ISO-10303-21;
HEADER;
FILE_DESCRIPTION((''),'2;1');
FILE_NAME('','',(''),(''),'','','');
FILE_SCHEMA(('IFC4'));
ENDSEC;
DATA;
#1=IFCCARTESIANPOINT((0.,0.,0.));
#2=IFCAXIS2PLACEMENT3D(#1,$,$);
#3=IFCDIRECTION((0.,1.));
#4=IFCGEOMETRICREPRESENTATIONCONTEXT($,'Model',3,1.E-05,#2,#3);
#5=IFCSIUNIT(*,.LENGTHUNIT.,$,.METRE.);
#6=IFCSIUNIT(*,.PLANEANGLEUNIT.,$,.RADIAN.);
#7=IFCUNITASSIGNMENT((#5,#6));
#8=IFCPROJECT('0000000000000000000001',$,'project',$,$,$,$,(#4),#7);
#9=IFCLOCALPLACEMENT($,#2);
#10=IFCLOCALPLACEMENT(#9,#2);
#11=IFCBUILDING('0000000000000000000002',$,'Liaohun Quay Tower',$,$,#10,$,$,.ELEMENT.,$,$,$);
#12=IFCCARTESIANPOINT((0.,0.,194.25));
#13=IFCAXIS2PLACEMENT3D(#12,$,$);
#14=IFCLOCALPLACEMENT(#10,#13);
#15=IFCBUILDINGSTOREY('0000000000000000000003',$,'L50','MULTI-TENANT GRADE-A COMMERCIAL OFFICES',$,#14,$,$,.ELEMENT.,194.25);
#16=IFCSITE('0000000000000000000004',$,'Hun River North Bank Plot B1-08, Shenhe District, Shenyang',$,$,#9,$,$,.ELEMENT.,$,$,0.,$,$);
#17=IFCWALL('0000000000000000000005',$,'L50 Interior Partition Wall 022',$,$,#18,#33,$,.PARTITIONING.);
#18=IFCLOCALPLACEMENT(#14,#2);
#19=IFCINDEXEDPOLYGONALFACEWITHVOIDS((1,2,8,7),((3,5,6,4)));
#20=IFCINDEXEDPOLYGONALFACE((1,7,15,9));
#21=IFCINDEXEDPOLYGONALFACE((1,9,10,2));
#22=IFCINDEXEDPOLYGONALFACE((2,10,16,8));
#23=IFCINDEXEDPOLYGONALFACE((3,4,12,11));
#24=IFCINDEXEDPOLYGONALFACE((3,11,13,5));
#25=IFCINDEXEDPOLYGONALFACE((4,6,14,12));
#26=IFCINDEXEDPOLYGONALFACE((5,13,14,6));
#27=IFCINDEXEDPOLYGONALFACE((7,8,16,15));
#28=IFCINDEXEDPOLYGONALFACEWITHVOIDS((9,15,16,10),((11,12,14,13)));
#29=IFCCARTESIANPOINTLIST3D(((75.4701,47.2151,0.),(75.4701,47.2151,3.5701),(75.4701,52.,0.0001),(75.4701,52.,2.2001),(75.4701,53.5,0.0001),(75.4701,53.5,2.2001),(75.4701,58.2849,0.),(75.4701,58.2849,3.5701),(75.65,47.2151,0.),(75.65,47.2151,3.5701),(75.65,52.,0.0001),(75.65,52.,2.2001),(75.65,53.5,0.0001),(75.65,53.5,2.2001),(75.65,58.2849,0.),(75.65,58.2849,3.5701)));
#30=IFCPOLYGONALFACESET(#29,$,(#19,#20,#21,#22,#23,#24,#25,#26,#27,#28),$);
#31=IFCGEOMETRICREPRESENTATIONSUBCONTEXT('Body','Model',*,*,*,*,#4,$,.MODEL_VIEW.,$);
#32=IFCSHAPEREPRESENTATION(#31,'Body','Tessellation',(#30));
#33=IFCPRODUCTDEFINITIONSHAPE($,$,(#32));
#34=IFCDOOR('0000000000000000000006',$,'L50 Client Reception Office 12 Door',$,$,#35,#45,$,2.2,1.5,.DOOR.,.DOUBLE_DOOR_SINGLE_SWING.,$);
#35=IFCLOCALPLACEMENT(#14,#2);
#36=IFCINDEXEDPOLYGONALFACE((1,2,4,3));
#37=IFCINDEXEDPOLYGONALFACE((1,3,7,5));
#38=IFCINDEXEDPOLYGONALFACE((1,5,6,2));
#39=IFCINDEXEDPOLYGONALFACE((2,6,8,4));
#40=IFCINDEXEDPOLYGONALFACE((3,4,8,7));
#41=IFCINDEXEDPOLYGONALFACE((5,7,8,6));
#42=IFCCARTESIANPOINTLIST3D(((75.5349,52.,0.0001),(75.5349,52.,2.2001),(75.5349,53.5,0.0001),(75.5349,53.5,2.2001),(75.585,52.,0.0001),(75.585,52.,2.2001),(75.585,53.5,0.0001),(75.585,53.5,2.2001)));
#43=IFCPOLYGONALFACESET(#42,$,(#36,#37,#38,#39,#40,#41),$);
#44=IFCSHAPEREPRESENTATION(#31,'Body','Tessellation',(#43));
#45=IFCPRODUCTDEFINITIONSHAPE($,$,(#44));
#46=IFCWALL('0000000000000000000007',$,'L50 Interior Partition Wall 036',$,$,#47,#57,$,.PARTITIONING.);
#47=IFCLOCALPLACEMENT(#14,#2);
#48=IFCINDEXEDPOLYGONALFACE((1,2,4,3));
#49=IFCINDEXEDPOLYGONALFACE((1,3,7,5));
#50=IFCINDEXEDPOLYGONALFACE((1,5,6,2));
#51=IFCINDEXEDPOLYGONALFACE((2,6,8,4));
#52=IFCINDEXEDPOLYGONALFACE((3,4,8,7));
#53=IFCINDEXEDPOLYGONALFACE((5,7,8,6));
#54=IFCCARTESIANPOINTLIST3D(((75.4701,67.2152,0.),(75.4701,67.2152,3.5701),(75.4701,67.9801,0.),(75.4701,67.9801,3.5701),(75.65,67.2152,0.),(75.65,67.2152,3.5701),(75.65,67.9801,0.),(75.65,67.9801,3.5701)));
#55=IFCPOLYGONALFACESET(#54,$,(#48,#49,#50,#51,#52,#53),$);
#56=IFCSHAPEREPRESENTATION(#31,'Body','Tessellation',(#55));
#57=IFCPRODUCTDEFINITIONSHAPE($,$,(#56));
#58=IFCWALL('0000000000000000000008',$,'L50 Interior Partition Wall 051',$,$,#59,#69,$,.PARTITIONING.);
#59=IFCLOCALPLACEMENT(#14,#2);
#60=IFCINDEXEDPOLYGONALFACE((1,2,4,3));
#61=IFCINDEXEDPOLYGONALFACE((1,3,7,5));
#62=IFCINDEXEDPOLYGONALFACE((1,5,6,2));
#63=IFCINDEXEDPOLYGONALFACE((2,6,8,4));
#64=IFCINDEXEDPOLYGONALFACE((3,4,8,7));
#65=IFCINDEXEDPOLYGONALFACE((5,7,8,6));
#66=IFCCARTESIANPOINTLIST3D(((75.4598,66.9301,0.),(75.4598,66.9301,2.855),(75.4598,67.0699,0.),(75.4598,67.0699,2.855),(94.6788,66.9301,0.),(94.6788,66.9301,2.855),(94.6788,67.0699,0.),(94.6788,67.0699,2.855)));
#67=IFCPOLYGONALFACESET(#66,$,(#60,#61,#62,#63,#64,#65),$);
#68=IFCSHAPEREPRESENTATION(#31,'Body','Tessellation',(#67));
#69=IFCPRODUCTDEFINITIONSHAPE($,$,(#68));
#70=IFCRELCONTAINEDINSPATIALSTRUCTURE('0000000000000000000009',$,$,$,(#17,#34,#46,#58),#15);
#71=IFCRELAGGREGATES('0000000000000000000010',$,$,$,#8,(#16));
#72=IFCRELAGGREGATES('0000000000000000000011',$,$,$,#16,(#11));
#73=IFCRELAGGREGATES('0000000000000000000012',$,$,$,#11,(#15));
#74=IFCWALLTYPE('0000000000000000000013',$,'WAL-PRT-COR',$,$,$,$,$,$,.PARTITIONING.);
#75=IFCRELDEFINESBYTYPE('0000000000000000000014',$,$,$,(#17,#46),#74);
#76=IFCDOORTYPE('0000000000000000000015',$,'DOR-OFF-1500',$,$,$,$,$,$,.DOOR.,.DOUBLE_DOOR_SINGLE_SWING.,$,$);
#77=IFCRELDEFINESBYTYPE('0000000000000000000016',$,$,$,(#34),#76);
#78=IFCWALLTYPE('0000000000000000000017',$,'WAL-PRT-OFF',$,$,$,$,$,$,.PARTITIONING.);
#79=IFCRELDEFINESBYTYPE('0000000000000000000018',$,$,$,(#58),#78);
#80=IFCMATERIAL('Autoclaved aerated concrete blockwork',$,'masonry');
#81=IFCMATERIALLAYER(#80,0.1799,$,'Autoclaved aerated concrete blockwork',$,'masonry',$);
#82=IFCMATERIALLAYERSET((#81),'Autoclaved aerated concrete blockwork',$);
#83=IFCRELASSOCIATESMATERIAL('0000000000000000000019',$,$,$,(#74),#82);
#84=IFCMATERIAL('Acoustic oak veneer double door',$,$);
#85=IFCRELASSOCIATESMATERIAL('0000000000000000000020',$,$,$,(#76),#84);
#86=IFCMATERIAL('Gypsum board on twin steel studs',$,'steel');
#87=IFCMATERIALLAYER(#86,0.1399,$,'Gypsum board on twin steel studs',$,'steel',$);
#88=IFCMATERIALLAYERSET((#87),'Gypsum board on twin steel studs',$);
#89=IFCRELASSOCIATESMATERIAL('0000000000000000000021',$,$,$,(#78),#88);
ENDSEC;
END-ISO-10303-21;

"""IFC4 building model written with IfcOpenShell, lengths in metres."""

from ifc_helpers import new_model, si_unit, direction, frame, frame_2d, origin, place, context, subcontext, project, spatial, rectangle, extrude, source, transform, mapped, material, layer, layer_set, type_object, element, fill, save


model = new_model("IFC4")

# Units and contexts
model_context = context("Model", 3, precision=1e-05, world=origin(), true_north=direction((0.0, 1.0)))
body_context = subcontext(model_context, "Body", "Model", "MODEL_VIEW")
ifc_project = project(units=[si_unit("LENGTHUNIT", "METRE"), si_unit("PLANEANGLEUNIT", "RADIAN")], contexts=[model_context])

# Site, building, storey
site_placement = place(None, origin())
site = spatial("IfcSite", under=ifc_project, at=site_placement, Name="Hun River North Bank Plot B1-08, Shenhe District, Shenyang", CompositionType="ELEMENT", RefElevation=0.0)
building_placement = place(site_placement, origin())
building = spatial("IfcBuilding", under=site, at=building_placement, Name="Liaohun Quay Tower", CompositionType="ELEMENT")
storey_placement = place(building_placement, frame((0.0, 0.0, 194.25)))
storey = spatial("IfcBuildingStorey", under=building, at=storey_placement, Name="L50", Description="MULTI-TENANT GRADE-A COMMERCIAL OFFICES", CompositionType="ELEMENT", Elevation=194.25)

# Wall, opening, door
ifc_material_1 = material(Name="Autoclaved aerated concrete blockwork", Category="masonry")
ifc_layer_1 = layer(ifc_material_1, 0.1799, Name="Autoclaved aerated concrete blockwork", Category="masonry")
ifc_layer_set_1 = layer_set([ifc_layer_1], Name="Autoclaved aerated concrete blockwork")
wall_type_1 = type_object("IfcWallType", Name="WAL-PRT-COR", PredefinedType="PARTITIONING", material=ifc_layer_set_1)
shared_shape_1 = source(origin(), body_context, "Body", "SweptSolid", [
    extrude(rectangle(XDim=1.5, YDim=2.2, at=frame_2d((0.75, 1.1001))), frame((0.0, 0.0999, 0.0), z_axis=(0.0, -1.0, 0.0), x_axis=(1.0, 0.0, 0.0)), (0.0, 0.0, 1.0), 0.2),
])
ifc_material_2 = material(Name="Acoustic oak veneer double door")
door_type = type_object("IfcDoorType", Name="DOR-OFF-1500", OperationType="DOUBLE_DOOR_SINGLE_SWING", PredefinedType="DOOR", material=ifc_material_2)
shared_shape_2 = source(origin(), body_context, "Body", "SweptSolid", [
    extrude(rectangle(XDim=1.5, YDim=2.2, at=frame_2d((0.75, 1.1001))), frame((0.0, 0.0249, 0.0), z_axis=(0.0, -1.0, 0.0), x_axis=(1.0, 0.0, 0.0)), (0.0, 0.0, 1.0), 0.05),
])
wall_1_placement = place(storey_placement, frame((75.5601, 58.2849, 0.0), z_axis=(0.0, 0.0, 1.0), x_axis=(0.0, -1.0, 0.0)))
wall_1 = element("IfcWall", 1, at=wall_1_placement, inside=storey, type_object=wall_type_1, Name="L50 Interior Partition Wall 022", PredefinedType="PARTITIONING", context=body_context, shape_type="SweptSolid", body=[
    extrude(rectangle(XDim=11.0698, YDim=0.1799, at=frame_2d((5.5349, 0.0))), origin(), (0.0, 0.0, 1.0), 3.5701),
])
opening_1_placement = place(wall_1_placement, frame((4.7849, 0.0, 0.0)))
opening_1 = element("IfcOpeningElement", 2, at=opening_1_placement, cuts=wall_1, PredefinedType="OPENING", context=body_context, shape_type="MappedRepresentation", body=[
    mapped(shared_shape_1, transform((0.0, 0.0, 0.0), x_axis=(1.0, 0.0, 0.0), y_axis=(0.0, 1.0, 0.0), z_axis=(0.0, 0.0, 1.0), scale=1.0)),
])
door_1_placement = place(opening_1_placement, origin())
door_1 = element("IfcDoor", 3, at=door_1_placement, inside=storey, type_object=door_type, Name="L50 Client Reception Office 12 Door", OperationType="DOUBLE_DOOR_SINGLE_SWING", OverallHeight=2.2, OverallWidth=1.5, PredefinedType="DOOR", context=body_context, shape_type="MappedRepresentation", body=[
    mapped(shared_shape_2, transform((0.0, 0.0, 0.0), x_axis=(1.0, 0.0, 0.0), y_axis=(0.0, 1.0, 0.0), z_axis=(0.0, 0.0, 1.0), scale=1.0)),
])
fill(opening_1, door_1)

# Walls
wall_2_placement = place(storey_placement, frame((75.5601, 67.98, 0.0), z_axis=(0.0, 0.0, 1.0), x_axis=(0.0, -1.0, 0.0)))
element("IfcWall", 4, at=wall_2_placement, inside=storey, type_object=wall_type_1, Name="L50 Interior Partition Wall 036", PredefinedType="PARTITIONING", context=body_context, shape_type="SweptSolid", body=[
    extrude(rectangle(XDim=0.7649, YDim=0.1799, at=frame_2d((0.3823, 0.0))), origin(), (0.0, 0.0, 1.0), 3.5701),
])
ifc_material_3 = material(Name="Gypsum board on twin steel studs", Category="steel")
ifc_layer_2 = layer(ifc_material_3, 0.1399, Name="Gypsum board on twin steel studs", Category="steel")
ifc_layer_set_2 = layer_set([ifc_layer_2], Name="Gypsum board on twin steel studs")
wall_type_2 = type_object("IfcWallType", Name="WAL-PRT-OFF", PredefinedType="PARTITIONING", material=ifc_layer_set_2)
wall_3_placement = place(storey_placement, frame((75.46, 67.0, 0.0), z_axis=(0.0, 0.0, 1.0), x_axis=(1.0, 0.0, 0.0)))
element("IfcWall", 5, at=wall_3_placement, inside=storey, type_object=wall_type_2, Name="L50 Interior Partition Wall 051", PredefinedType="PARTITIONING", context=body_context, shape_type="SweptSolid", body=[
    extrude(rectangle(XDim=19.219, YDim=0.1399, at=frame_2d((9.6094, 0.0))), origin(), (0.0, 0.0, 1.0), 2.855),
])

save(model, "model.ifc")
